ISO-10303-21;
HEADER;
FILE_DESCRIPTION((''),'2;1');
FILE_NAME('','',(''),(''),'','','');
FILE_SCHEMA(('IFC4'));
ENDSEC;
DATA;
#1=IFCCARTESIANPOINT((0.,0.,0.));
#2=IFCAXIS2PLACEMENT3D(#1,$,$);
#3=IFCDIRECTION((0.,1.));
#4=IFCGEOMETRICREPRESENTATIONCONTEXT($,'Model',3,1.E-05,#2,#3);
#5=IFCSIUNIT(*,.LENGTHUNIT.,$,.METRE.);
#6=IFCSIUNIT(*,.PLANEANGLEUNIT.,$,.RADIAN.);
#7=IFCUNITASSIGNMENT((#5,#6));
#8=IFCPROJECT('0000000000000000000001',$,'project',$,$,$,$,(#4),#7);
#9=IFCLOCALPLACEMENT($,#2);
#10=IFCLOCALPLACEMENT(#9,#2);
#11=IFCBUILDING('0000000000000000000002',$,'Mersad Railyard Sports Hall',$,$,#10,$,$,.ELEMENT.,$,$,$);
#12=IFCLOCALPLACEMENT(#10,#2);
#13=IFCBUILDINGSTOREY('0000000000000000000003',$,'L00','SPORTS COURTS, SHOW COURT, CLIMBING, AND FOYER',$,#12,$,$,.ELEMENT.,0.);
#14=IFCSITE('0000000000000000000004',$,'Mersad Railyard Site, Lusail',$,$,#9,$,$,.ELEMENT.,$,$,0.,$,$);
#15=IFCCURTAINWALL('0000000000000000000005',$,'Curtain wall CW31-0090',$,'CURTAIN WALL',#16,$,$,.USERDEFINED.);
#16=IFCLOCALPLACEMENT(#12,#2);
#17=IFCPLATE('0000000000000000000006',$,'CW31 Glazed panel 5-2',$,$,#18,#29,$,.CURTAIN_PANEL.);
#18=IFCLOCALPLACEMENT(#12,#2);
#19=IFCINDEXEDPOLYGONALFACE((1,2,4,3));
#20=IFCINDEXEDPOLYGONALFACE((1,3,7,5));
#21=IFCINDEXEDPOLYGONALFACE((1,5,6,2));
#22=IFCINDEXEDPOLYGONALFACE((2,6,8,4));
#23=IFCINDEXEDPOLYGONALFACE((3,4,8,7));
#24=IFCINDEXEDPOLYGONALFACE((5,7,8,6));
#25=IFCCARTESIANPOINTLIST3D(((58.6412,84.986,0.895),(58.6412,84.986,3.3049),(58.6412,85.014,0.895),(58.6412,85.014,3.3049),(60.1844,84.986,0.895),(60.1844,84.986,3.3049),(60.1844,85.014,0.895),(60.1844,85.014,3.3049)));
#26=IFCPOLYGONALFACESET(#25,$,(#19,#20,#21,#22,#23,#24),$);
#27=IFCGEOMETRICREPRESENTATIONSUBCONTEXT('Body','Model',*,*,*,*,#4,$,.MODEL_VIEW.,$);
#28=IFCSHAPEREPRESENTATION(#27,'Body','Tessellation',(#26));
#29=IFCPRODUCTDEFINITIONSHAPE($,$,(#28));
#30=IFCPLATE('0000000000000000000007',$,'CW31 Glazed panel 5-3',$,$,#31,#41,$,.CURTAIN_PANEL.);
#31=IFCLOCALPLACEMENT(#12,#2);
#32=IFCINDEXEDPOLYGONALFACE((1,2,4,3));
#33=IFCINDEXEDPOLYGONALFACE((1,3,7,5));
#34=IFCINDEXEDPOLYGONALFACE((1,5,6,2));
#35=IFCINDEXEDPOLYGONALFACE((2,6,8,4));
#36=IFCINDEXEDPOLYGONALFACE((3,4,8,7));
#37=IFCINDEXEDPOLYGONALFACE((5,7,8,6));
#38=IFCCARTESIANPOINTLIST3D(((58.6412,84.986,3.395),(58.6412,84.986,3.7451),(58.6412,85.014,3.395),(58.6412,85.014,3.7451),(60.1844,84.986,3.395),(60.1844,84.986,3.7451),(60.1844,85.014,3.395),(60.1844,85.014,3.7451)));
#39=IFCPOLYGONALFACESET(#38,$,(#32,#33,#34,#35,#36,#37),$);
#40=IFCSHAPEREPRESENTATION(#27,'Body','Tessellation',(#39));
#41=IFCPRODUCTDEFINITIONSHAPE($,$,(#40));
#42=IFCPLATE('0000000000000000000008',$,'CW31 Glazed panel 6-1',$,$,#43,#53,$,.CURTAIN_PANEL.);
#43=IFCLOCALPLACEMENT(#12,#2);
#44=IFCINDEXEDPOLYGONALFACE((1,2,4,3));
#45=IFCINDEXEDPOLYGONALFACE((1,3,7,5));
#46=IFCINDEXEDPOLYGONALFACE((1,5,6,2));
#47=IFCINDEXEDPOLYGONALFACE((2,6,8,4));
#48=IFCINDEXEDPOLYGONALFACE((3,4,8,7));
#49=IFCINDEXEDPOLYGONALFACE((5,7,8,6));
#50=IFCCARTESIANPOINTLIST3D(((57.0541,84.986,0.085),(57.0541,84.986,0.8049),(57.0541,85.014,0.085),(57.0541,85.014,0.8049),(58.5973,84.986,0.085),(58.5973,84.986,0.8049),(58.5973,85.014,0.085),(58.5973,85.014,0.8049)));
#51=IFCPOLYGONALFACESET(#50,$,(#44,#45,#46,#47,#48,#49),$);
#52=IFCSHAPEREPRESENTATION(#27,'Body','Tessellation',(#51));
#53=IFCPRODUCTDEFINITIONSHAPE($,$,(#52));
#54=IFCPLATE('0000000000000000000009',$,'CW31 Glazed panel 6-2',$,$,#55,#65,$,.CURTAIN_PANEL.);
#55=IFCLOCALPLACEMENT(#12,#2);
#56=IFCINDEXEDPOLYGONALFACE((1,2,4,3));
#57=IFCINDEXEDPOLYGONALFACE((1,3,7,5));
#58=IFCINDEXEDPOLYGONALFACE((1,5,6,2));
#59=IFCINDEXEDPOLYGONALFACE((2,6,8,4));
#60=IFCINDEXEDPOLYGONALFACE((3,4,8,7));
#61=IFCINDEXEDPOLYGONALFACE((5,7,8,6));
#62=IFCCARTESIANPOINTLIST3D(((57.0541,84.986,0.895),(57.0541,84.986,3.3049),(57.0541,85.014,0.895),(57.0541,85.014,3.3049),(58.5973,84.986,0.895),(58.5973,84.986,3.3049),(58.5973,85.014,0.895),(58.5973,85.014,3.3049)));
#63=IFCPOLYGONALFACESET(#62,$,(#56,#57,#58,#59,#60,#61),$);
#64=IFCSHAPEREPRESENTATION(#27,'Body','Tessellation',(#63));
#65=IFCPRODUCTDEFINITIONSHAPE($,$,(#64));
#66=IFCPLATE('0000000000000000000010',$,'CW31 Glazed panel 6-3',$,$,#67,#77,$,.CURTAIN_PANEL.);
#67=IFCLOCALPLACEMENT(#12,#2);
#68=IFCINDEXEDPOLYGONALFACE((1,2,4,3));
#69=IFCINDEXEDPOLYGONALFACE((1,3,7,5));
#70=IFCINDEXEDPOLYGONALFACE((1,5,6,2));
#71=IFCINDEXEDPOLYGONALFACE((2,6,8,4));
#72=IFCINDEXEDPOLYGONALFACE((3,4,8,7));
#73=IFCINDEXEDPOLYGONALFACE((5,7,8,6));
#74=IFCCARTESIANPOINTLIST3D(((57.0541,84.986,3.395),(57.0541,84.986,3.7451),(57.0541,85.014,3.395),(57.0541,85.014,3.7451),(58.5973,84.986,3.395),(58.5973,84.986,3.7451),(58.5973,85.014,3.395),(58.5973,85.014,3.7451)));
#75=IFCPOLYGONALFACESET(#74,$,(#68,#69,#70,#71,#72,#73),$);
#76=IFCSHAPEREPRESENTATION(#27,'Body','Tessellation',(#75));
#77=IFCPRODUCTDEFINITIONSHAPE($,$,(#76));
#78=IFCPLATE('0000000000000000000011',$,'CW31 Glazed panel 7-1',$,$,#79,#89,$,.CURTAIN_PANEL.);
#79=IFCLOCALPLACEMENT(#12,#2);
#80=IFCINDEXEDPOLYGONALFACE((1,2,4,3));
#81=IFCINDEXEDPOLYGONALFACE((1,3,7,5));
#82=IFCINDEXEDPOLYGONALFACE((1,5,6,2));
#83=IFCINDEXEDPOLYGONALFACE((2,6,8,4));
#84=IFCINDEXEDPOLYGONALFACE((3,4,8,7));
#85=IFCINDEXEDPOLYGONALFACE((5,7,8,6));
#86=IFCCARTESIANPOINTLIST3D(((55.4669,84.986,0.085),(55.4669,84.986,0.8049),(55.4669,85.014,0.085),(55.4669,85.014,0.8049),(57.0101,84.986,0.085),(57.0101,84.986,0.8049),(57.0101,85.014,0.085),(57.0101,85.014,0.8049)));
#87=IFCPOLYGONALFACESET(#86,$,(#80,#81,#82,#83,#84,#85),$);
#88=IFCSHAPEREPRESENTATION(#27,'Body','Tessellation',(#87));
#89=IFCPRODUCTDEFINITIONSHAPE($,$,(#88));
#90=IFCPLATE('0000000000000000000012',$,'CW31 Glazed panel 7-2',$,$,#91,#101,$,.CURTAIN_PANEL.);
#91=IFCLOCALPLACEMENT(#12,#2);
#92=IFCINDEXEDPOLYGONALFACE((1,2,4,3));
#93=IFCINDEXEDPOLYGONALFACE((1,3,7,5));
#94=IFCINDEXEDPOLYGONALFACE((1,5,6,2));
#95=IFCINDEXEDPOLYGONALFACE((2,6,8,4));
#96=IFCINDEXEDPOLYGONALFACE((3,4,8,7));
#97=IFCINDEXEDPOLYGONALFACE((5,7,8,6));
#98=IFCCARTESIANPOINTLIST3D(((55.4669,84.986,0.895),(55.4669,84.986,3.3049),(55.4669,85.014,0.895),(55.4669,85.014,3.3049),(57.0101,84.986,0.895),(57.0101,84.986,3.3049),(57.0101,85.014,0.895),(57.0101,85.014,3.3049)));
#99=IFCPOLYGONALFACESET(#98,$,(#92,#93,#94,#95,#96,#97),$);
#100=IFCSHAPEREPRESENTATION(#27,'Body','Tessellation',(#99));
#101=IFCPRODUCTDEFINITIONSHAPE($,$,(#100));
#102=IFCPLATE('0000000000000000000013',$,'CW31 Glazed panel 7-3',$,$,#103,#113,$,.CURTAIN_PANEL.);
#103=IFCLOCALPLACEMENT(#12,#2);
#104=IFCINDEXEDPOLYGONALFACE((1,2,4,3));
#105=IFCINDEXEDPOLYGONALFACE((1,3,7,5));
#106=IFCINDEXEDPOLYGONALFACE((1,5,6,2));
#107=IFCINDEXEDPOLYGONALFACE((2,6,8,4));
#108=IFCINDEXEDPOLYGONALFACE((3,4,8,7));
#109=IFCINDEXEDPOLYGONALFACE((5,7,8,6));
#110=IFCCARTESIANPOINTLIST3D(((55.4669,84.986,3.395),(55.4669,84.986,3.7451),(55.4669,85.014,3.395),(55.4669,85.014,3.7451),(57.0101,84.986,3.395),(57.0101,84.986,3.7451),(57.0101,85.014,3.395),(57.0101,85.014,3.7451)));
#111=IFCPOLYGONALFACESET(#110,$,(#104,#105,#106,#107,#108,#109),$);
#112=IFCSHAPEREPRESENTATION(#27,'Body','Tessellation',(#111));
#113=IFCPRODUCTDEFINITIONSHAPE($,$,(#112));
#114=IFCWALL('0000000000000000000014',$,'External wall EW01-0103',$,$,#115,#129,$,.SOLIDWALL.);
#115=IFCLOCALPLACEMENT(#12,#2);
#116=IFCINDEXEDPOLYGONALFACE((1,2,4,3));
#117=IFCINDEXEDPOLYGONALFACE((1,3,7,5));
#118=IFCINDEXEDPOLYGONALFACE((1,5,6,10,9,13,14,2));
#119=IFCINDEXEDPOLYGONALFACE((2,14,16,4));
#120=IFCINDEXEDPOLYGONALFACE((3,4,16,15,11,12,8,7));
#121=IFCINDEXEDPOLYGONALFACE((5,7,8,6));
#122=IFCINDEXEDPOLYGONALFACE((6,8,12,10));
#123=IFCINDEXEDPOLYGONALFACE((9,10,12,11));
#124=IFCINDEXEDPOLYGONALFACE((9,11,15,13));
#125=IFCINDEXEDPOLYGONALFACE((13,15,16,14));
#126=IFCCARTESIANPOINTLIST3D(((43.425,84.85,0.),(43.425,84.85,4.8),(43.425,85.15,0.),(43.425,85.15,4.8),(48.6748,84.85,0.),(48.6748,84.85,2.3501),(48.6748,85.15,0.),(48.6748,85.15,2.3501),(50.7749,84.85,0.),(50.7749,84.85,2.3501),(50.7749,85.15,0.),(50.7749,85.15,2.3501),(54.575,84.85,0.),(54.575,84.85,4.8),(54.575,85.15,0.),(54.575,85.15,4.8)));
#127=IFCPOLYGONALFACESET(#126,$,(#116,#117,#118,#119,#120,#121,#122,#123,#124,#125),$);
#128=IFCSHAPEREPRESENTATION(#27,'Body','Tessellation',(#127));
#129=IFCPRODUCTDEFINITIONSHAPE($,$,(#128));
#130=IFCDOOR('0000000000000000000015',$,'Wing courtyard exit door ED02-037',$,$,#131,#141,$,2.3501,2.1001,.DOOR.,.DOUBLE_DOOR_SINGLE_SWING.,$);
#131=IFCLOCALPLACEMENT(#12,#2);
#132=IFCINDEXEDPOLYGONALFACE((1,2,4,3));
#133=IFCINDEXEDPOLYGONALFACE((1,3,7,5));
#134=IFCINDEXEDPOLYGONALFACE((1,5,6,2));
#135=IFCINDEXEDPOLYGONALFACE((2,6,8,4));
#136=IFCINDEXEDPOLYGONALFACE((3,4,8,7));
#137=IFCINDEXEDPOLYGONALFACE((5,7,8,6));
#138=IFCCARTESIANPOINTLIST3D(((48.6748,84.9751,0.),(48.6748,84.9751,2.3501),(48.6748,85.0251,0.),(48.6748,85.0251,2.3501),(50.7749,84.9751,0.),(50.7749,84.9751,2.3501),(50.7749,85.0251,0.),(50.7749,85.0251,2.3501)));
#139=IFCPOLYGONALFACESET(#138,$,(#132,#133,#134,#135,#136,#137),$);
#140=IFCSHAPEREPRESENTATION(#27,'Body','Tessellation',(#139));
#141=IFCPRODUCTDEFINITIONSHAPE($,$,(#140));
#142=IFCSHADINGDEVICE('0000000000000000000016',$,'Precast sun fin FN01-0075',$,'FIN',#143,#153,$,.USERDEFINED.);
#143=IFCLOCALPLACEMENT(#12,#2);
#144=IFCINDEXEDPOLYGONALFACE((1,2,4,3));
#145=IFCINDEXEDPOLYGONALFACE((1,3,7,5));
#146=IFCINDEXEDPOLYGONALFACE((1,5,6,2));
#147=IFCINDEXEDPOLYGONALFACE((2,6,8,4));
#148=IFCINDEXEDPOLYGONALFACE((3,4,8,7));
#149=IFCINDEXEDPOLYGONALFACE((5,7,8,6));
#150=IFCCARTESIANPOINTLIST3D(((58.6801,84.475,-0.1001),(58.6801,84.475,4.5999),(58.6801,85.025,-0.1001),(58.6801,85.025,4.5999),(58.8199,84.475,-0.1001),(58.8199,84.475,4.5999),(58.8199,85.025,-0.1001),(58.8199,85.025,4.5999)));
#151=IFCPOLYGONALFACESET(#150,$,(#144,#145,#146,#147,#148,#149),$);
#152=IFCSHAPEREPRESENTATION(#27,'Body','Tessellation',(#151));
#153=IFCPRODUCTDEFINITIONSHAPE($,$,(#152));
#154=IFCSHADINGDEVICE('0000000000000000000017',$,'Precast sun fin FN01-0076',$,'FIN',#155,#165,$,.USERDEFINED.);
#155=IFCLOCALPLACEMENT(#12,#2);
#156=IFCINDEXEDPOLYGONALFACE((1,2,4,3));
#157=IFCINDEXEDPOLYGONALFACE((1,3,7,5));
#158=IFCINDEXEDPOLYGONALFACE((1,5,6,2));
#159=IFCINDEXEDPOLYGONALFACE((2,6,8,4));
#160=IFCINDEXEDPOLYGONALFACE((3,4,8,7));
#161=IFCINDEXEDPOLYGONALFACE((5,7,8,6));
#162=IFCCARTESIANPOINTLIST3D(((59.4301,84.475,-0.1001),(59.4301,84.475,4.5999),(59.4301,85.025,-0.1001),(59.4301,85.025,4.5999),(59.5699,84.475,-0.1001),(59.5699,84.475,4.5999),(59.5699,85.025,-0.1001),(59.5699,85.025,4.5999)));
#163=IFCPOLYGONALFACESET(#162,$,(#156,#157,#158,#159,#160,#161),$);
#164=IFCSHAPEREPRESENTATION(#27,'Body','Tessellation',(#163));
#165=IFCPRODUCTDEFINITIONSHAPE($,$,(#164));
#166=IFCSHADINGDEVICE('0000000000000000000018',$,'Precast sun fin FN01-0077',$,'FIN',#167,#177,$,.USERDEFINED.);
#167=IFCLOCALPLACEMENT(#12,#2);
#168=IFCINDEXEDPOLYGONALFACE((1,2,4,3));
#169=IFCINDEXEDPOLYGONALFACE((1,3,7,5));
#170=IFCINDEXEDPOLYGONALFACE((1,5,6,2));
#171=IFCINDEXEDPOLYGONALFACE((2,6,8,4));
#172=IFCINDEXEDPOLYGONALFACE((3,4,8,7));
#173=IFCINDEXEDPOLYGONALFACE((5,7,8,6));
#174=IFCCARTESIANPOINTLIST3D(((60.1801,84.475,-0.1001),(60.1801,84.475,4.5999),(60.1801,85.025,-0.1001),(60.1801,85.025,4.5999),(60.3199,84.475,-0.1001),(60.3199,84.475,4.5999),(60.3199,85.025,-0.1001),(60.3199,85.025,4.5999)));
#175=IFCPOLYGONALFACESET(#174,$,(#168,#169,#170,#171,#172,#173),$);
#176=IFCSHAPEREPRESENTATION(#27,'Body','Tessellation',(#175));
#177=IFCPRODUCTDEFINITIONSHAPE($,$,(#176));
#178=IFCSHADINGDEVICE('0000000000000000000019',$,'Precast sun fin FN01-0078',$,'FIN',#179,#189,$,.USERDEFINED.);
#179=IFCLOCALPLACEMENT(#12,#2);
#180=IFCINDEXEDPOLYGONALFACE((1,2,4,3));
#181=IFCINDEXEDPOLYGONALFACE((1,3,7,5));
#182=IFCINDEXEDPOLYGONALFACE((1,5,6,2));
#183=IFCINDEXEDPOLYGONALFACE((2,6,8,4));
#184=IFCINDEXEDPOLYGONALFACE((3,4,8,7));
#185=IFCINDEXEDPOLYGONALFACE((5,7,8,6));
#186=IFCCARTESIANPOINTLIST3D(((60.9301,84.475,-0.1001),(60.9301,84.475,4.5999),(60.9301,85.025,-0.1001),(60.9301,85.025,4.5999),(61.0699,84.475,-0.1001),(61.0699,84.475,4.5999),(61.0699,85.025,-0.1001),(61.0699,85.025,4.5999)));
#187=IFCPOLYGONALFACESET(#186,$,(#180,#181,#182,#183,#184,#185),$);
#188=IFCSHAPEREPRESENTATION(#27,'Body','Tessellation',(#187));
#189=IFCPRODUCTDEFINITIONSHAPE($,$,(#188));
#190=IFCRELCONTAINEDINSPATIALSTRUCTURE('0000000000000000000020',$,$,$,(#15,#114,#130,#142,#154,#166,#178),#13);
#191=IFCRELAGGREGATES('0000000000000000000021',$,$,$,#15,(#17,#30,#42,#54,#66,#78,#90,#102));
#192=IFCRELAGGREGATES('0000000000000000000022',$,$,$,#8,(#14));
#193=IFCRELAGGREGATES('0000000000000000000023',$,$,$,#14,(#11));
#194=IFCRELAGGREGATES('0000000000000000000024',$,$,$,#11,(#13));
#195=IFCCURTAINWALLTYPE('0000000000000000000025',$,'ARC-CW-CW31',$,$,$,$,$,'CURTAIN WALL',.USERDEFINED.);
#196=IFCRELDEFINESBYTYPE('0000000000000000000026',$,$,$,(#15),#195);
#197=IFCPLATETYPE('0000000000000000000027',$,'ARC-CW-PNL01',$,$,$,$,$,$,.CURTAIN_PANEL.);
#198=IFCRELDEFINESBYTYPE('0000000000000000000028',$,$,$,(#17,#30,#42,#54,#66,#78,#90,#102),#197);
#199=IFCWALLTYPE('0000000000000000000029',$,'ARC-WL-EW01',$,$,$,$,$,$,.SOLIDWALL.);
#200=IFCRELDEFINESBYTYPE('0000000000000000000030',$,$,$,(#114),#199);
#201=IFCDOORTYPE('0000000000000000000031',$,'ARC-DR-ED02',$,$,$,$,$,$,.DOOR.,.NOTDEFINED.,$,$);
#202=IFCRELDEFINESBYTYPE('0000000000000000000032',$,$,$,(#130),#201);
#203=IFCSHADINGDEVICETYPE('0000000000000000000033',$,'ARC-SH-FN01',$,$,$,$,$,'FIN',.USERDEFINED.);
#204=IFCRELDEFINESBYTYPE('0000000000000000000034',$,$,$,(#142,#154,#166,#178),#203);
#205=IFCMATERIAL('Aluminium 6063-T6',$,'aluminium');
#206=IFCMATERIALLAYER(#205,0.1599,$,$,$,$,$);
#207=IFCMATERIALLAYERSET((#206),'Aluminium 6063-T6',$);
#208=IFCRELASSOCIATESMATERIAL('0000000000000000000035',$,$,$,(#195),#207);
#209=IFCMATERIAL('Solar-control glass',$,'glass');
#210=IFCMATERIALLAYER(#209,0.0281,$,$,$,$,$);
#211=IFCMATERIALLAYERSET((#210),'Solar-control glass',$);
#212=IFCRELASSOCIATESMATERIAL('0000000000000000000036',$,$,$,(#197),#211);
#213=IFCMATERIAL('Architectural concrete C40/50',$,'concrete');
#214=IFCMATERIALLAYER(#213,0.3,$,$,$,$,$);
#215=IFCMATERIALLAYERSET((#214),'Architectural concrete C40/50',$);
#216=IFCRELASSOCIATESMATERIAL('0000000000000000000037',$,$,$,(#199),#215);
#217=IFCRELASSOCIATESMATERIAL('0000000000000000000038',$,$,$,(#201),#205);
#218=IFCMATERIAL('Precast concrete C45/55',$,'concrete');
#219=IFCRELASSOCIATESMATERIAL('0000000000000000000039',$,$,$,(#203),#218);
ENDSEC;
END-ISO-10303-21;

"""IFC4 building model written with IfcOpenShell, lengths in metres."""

from ifc_helpers import new_model, si_unit, direction, frame, frame_2d, origin, origin_2d, place, context, subcontext, project, spatial, rectangle, extrude, material, layer, layer_set, type_object, element, fill, aggregate, save


model = new_model("IFC4")

# Units and contexts
model_context = context("Model", 3, precision=1e-05, world=origin(), true_north=direction((0.0, 1.0)))
body_context = subcontext(model_context, "Body", "Model", "MODEL_VIEW")
ifc_project = project(units=[si_unit("LENGTHUNIT", "METRE"), si_unit("PLANEANGLEUNIT", "RADIAN")], contexts=[model_context])

# Site, building, storey
site_placement = place(None, origin())
site = spatial("IfcSite", under=ifc_project, at=site_placement, Name="Mersad Railyard Site, Lusail", CompositionType="ELEMENT", RefElevation=0.0)
building_placement = place(site_placement, origin())
building = spatial("IfcBuilding", under=site, at=building_placement, Name="Mersad Railyard Sports Hall", CompositionType="ELEMENT")
storey_placement = place(building_placement, origin())
storey = spatial("IfcBuildingStorey", under=building, at=storey_placement, Name="L00", Description="SPORTS COURTS, SHOW COURT, CLIMBING, AND FOYER", CompositionType="ELEMENT", Elevation=0.0)

# Curtain wall
ifc_material_1 = material(Name="Aluminium 6063-T6", Category="aluminium")
ifc_layer_1 = layer(ifc_material_1, 0.1599)
ifc_layer_set_1 = layer_set([ifc_layer_1], Name="Aluminium 6063-T6")
curtain_wall_type = type_object("IfcCurtainWallType", Name="ARC-CW-CW31", ElementType="CURTAIN WALL", PredefinedType="USERDEFINED", material=ifc_layer_set_1)
curtain_wall_placement = place(storey_placement, origin())
curtain_wall = element("IfcCurtainWall", 1, at=curtain_wall_placement, inside=storey, type_object=curtain_wall_type, Name="Curtain wall CW31-0090", ObjectType="CURTAIN WALL", PredefinedType="USERDEFINED")

# Plates
ifc_material_2 = material(Name="Solar-control glass", Category="glass")
ifc_layer_2 = layer(ifc_material_2, 0.0281)
ifc_layer_set_2 = layer_set([ifc_layer_2], Name="Solar-control glass")
plate_type = type_object("IfcPlateType", Name="ARC-CW-PNL01", PredefinedType="CURTAIN_PANEL", material=ifc_layer_set_2)
plate_1_placement = place(storey_placement, frame((59.4128, 85.0, 0.895), z_axis=(0.0, 0.0, 1.0), x_axis=(-1.0, 0.0, 0.0)))
plate_1 = element("IfcPlate", 2, at=plate_1_placement, type_object=plate_type, Name="CW31 Glazed panel 5-2", PredefinedType="CURTAIN_PANEL", context=body_context, shape_type="SweptSolid", body=[
    extrude(rectangle(XDim=1.5432, YDim=0.0281, at=origin_2d()), origin(), (0.0, 0.0, 1.0), 2.4099),
])
plate_2_placement = place(storey_placement, frame((59.4128, 85.0, 3.395), z_axis=(0.0, 0.0, 1.0), x_axis=(-1.0, 0.0, 0.0)))
plate_2 = element("IfcPlate", 3, at=plate_2_placement, type_object=plate_type, Name="CW31 Glazed panel 5-3", PredefinedType="CURTAIN_PANEL", context=body_context, shape_type="SweptSolid", body=[
    extrude(rectangle(XDim=1.5432, YDim=0.0281, at=origin_2d()), origin(), (0.0, 0.0, 1.0), 0.3501),
])
plate_3_placement = place(storey_placement, frame((57.8257, 85.0, 0.085), z_axis=(0.0, 0.0, 1.0), x_axis=(-1.0, 0.0, 0.0)))
plate_3 = element("IfcPlate", 4, at=plate_3_placement, type_object=plate_type, Name="CW31 Glazed panel 6-1", PredefinedType="CURTAIN_PANEL", context=body_context, shape_type="SweptSolid", body=[
    extrude(rectangle(XDim=1.5432, YDim=0.0281, at=origin_2d()), origin(), (0.0, 0.0, 1.0), 0.72),
])
plate_4_placement = place(storey_placement, frame((57.8257, 85.0, 0.895), z_axis=(0.0, 0.0, 1.0), x_axis=(-1.0, 0.0, 0.0)))
plate_4 = element("IfcPlate", 5, at=plate_4_placement, type_object=plate_type, Name="CW31 Glazed panel 6-2", PredefinedType="CURTAIN_PANEL", context=body_context, shape_type="SweptSolid", body=[
    extrude(rectangle(XDim=1.5432, YDim=0.0281, at=origin_2d()), origin(), (0.0, 0.0, 1.0), 2.4099),
])
plate_5_placement = place(storey_placement, frame((57.8257, 85.0, 3.395), z_axis=(0.0, 0.0, 1.0), x_axis=(-1.0, 0.0, 0.0)))
plate_5 = element("IfcPlate", 6, at=plate_5_placement, type_object=plate_type, Name="CW31 Glazed panel 6-3", PredefinedType="CURTAIN_PANEL", context=body_context, shape_type="SweptSolid", body=[
    extrude(rectangle(XDim=1.5432, YDim=0.0281, at=origin_2d()), origin(), (0.0, 0.0, 1.0), 0.3501),
])
plate_6_placement = place(storey_placement, frame((56.2385, 85.0, 0.085), z_axis=(0.0, 0.0, 1.0), x_axis=(-1.0, 0.0, 0.0)))
plate_6 = element("IfcPlate", 7, at=plate_6_placement, type_object=plate_type, Name="CW31 Glazed panel 7-1", PredefinedType="CURTAIN_PANEL", context=body_context, shape_type="SweptSolid", body=[
    extrude(rectangle(XDim=1.5432, YDim=0.0281, at=origin_2d()), origin(), (0.0, 0.0, 1.0), 0.72),
])
plate_7_placement = place(storey_placement, frame((56.2385, 85.0, 0.895), z_axis=(0.0, 0.0, 1.0), x_axis=(-1.0, 0.0, 0.0)))
plate_7 = element("IfcPlate", 8, at=plate_7_placement, type_object=plate_type, Name="CW31 Glazed panel 7-2", PredefinedType="CURTAIN_PANEL", context=body_context, shape_type="SweptSolid", body=[
    extrude(rectangle(XDim=1.5432, YDim=0.0281, at=origin_2d()), origin(), (0.0, 0.0, 1.0), 2.4099),
])
plate_8_placement = place(storey_placement, frame((56.2385, 85.0, 3.395), z_axis=(0.0, 0.0, 1.0), x_axis=(-1.0, 0.0, 0.0)))
plate_8 = element("IfcPlate", 9, at=plate_8_placement, type_object=plate_type, Name="CW31 Glazed panel 7-3", PredefinedType="CURTAIN_PANEL", context=body_context, shape_type="SweptSolid", body=[
    extrude(rectangle(XDim=1.5432, YDim=0.0281, at=origin_2d()), origin(), (0.0, 0.0, 1.0), 0.3501),
])
aggregate(curtain_wall, [plate_1, plate_2, plate_3, plate_4, plate_5, plate_6, plate_7, plate_8])

# Wall, opening, door
ifc_material_3 = material(Name="Architectural concrete C40/50", Category="concrete")
ifc_layer_3 = layer(ifc_material_3, 0.3)
ifc_layer_set_3 = layer_set([ifc_layer_3], Name="Architectural concrete C40/50")
wall_type = type_object("IfcWallType", Name="ARC-WL-EW01", PredefinedType="SOLIDWALL", material=ifc_layer_set_3)
wall_placement = place(storey_placement, frame((54.575, 85.0, 0.0), z_axis=(0.0, 0.0, 1.0), x_axis=(-1.0, 0.0, 0.0)))
wall = element("IfcWall", 10, at=wall_placement, inside=storey, type_object=wall_type, Name="External wall EW01-0103", PredefinedType="SOLIDWALL", context=body_context, shape_type="SweptSolid", body=[
    extrude(rectangle(XDim=11.1499, YDim=0.3, at=frame_2d((5.575, 0.0))), origin(), (0.0, 0.0, 1.0), 4.8),
])
opening_placement = place(wall_placement, frame((3.8, 0.0, 0.0)))
opening = element("IfcOpeningElement", 11, at=opening_placement, cuts=wall, PredefinedType="OPENING", context=body_context, shape_type="SweptSolid", body=[
    extrude(rectangle(XDim=2.1001, YDim=2.3501, at=frame_2d((1.05, 1.175))), frame((0.0, 0.1599, 0.0), z_axis=(0.0, -1.0, 0.0), x_axis=(1.0, 0.0, 0.0)), (0.0, 0.0, 1.0), 0.3201),
])
door_type = type_object("IfcDoorType", Name="ARC-DR-ED02", OperationType="NOTDEFINED", PredefinedType="DOOR", material=ifc_material_1)
door_placement = place(opening_placement, origin())
door = element("IfcDoor", 12, at=door_placement, inside=storey, type_object=door_type, Name="Wing courtyard exit door ED02-037", OperationType="DOUBLE_DOOR_SINGLE_SWING", OverallHeight=2.3501, OverallWidth=2.1001, PredefinedType="DOOR", context=body_context, shape_type="SweptSolid", body=[
    extrude(rectangle(XDim=2.1001, YDim=2.3501, at=frame_2d((1.05, 1.175))), frame((0.0, 0.0249, 0.0), z_axis=(0.0, -1.0, 0.0), x_axis=(1.0, 0.0, 0.0)), (0.0, 0.0, 1.0), 0.05),
])
fill(opening, door)

# Shading devices
ifc_material_4 = material(Name="Precast concrete C45/55", Category="concrete")
shading_device_type = type_object("IfcShadingDeviceType", Name="ARC-SH-FN01", ElementType="FIN", PredefinedType="USERDEFINED", material=ifc_material_4)
for number, where, z_axis, x_axis, name in (
    (13, (58.75, 84.75, -0.1001), (0.0, 0.0, 1.0), (1.0, 0.0, 0.0), "Precast sun fin FN01-0075"),
    (14, (59.5, 84.75, -0.1001), (0.0, 0.0, 1.0), (1.0, 0.0, 0.0), "Precast sun fin FN01-0076"),
    (15, (60.25, 84.75, -0.1001), (0.0, 0.0, 1.0), (1.0, 0.0, 0.0), "Precast sun fin FN01-0077"),
    (16, (61.0, 84.75, -0.1001), (0.0, 0.0, 1.0), (1.0, 0.0, 0.0), "Precast sun fin FN01-0078"),
):
    element("IfcShadingDevice", number, at=place(storey_placement, frame(where, z_axis=z_axis, x_axis=x_axis)), inside=storey, type_object=shading_device_type, Name=name, ObjectType="FIN", PredefinedType="USERDEFINED", context=body_context, shape_type="SweptSolid", body=[
        extrude(rectangle(XDim=0.1399, YDim=0.55, at=origin_2d()), origin(), (0.0, 0.0, 1.0), 4.7),
    ])

save(model, "model.ifc")
